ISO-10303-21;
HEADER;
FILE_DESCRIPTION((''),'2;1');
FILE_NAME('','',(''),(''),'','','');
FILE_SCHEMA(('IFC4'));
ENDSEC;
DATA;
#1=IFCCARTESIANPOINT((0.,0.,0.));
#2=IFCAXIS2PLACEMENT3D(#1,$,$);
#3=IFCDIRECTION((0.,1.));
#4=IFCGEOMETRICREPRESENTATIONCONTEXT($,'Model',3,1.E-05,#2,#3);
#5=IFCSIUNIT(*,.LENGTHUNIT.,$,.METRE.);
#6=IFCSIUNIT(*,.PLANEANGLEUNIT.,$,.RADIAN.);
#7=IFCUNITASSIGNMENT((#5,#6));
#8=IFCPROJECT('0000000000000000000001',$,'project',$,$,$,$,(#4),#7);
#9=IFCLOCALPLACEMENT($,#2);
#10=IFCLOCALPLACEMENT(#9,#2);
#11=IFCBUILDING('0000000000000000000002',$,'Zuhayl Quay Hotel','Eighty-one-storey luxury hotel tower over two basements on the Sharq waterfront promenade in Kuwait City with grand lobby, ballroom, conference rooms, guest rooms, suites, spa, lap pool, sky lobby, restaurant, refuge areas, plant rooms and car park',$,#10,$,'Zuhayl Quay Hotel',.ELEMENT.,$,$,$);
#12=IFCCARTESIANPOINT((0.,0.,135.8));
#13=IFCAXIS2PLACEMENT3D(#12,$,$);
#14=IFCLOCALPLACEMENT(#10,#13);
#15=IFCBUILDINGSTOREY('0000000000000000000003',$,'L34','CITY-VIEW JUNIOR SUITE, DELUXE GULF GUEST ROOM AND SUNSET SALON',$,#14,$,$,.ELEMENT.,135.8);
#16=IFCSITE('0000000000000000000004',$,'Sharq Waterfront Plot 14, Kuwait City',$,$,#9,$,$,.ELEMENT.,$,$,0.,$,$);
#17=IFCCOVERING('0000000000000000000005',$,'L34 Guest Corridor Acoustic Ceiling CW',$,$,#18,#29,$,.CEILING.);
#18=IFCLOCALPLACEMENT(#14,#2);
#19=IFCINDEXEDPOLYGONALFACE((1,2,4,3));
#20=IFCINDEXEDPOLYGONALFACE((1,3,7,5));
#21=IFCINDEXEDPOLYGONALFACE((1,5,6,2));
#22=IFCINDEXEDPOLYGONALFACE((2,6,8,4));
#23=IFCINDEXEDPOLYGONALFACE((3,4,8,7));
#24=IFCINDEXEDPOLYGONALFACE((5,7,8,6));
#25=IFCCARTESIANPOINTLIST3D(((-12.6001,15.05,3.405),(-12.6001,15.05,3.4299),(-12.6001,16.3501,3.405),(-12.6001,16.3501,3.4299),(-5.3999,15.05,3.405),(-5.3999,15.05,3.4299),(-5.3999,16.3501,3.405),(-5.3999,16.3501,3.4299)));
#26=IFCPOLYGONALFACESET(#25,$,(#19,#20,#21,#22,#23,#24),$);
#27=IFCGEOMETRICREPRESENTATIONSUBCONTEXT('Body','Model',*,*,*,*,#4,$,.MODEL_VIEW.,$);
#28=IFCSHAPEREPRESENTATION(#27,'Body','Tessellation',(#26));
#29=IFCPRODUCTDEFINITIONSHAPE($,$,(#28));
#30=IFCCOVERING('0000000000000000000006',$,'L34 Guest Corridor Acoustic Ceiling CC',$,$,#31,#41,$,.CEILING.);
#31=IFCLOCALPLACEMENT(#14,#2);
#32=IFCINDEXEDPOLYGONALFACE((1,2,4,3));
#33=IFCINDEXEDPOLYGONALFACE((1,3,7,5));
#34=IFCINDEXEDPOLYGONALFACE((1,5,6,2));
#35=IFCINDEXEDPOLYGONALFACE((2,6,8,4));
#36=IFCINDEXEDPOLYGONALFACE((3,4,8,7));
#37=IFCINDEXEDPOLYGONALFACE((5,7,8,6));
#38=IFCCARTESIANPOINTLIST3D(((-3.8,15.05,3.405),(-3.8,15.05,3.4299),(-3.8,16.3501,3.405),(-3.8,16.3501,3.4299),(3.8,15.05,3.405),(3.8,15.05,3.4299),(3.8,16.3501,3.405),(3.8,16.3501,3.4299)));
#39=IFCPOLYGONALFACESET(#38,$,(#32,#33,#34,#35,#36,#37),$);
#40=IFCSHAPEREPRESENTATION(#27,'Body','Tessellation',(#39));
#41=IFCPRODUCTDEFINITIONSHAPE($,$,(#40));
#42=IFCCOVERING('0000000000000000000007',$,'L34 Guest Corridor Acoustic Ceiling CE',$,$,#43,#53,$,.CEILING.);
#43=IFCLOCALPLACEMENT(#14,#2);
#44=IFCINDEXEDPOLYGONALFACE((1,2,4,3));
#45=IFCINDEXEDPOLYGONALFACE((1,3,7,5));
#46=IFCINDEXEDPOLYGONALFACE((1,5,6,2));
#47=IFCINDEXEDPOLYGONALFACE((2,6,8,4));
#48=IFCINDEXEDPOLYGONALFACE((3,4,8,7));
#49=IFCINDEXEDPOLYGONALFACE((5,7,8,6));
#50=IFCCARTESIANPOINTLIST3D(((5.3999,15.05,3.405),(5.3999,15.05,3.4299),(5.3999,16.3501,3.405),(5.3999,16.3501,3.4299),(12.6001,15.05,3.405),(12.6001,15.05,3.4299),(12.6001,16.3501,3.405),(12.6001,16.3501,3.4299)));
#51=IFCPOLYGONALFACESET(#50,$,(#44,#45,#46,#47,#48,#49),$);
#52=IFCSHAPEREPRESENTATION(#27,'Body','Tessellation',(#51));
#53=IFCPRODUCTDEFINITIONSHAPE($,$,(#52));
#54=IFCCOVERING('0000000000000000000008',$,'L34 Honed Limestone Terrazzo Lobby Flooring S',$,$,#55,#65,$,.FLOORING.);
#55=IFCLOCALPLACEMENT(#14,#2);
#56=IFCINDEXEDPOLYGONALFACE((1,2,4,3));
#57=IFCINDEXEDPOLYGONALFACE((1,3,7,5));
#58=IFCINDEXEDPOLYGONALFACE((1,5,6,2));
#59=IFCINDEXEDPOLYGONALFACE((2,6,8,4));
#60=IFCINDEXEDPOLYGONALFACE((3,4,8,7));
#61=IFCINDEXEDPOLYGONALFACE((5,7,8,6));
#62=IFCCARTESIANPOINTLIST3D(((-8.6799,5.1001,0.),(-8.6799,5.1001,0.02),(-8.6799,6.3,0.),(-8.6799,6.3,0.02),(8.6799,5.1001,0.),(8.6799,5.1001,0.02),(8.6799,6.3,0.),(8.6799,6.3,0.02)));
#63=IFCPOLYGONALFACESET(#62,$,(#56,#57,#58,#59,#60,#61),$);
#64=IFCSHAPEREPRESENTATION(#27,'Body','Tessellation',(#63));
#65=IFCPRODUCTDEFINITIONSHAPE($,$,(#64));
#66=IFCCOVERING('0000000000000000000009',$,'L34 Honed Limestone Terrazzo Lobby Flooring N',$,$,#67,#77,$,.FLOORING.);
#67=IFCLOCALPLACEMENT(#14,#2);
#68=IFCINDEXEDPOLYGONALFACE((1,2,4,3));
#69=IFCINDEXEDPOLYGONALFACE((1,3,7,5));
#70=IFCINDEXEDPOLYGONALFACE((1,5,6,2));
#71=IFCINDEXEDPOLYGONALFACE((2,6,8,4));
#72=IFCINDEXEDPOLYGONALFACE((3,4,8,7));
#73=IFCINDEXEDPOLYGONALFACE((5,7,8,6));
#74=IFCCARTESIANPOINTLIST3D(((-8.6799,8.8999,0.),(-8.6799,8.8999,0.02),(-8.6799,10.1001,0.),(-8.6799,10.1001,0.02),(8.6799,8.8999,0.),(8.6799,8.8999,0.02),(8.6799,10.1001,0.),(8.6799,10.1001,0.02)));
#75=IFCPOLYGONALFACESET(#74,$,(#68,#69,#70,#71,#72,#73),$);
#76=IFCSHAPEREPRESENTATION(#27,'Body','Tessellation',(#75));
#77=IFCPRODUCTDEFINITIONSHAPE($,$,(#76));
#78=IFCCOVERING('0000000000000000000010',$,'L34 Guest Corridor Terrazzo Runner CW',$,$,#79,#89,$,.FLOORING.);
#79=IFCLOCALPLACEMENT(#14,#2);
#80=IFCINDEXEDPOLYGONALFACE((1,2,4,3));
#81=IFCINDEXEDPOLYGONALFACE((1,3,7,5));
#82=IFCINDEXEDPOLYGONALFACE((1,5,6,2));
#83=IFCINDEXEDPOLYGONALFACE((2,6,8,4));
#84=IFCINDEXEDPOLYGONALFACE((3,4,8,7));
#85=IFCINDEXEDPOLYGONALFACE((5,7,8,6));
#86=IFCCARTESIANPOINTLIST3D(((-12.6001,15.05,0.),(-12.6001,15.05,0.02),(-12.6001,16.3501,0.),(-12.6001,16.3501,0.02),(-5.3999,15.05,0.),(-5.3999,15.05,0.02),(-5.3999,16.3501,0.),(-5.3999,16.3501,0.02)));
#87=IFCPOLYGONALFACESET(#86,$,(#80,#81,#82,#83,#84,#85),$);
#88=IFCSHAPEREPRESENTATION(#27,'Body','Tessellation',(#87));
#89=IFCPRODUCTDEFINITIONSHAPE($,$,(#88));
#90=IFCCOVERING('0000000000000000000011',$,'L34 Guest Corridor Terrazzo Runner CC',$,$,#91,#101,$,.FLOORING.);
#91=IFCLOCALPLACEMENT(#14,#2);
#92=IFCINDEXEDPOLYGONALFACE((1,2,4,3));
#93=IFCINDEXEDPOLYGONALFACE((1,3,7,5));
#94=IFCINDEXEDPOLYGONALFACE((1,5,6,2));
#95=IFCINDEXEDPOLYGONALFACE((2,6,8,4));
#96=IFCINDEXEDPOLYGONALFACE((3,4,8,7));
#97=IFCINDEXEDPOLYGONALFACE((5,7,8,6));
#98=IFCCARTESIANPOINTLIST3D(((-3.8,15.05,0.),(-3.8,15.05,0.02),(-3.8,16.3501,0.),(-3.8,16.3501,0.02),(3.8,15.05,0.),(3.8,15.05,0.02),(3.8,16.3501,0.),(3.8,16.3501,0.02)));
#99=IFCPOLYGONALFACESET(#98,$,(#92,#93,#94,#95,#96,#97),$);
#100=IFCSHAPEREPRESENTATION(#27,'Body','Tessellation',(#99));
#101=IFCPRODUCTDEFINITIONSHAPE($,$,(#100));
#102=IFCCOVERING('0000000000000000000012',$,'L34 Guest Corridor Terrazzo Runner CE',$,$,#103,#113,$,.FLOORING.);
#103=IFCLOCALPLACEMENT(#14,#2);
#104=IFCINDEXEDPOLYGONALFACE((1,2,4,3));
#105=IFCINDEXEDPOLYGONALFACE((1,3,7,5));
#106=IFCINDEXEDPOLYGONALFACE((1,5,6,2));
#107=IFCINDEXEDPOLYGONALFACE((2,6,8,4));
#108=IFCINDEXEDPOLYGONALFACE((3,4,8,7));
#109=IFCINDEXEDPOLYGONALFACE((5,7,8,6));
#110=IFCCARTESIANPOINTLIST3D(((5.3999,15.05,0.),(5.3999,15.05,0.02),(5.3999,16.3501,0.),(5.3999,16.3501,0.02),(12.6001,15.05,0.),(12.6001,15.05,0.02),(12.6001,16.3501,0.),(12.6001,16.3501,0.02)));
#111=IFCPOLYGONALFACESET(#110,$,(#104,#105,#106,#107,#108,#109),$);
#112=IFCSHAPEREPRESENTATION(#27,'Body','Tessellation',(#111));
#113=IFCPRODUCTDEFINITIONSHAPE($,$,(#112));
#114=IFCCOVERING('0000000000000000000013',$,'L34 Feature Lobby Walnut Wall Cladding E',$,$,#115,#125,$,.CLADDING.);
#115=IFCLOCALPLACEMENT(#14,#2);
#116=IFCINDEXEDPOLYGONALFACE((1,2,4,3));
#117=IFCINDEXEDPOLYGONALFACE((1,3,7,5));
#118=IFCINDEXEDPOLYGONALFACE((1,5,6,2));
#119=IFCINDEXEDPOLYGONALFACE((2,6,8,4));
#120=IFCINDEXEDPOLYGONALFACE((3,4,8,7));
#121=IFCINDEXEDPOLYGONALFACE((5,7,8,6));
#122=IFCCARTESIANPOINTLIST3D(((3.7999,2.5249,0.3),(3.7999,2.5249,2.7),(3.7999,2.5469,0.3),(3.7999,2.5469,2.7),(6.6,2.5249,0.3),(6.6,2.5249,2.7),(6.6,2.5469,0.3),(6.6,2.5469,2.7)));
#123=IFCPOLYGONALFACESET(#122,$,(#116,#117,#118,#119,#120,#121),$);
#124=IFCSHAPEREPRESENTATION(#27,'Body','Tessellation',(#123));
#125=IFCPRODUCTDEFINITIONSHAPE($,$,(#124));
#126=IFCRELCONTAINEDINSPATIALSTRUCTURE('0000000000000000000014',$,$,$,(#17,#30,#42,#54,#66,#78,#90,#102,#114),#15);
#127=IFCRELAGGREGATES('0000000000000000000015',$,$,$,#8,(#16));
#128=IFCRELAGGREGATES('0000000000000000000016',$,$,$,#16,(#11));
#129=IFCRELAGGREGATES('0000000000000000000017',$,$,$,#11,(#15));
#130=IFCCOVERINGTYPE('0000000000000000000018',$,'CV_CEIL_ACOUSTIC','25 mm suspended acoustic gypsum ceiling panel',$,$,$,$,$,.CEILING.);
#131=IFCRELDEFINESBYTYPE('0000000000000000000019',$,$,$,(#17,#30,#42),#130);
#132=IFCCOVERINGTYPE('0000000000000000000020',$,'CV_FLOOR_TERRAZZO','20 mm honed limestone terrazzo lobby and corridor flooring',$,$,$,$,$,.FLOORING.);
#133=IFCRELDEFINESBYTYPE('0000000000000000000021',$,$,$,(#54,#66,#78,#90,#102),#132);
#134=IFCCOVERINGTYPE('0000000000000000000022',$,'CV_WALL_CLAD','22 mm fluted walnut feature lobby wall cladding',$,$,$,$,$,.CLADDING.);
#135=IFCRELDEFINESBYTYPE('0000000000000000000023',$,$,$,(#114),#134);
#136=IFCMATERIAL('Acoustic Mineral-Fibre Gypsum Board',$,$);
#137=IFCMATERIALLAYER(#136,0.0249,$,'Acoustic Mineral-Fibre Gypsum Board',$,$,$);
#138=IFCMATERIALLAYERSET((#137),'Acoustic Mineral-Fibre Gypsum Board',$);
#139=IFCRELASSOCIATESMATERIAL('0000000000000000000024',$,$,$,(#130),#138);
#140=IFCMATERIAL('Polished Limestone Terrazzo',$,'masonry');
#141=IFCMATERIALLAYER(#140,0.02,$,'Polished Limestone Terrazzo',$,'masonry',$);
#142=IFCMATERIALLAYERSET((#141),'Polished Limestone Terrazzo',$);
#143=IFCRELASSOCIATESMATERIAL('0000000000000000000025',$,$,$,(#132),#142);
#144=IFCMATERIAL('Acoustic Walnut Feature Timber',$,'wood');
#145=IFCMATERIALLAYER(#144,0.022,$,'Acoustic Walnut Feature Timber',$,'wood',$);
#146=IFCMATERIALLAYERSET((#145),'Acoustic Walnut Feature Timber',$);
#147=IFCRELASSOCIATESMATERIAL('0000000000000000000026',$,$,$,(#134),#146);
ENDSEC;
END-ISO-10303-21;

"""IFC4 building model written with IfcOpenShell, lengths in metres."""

from ifc_helpers import new_model, si_unit, direction, frame, origin, origin_2d, place, context, subcontext, project, spatial, polyline, rectangle, outline, extrude, material, layer, layer_set, type_object, element, save


model = new_model("IFC4")

# Units and contexts
model_context = context("Model", 3, precision=1e-05, world=origin(), true_north=direction((0.0, 1.0)))
body_context = subcontext(model_context, "Body", "Model", "MODEL_VIEW")
ifc_project = project(units=[si_unit("LENGTHUNIT", "METRE"), si_unit("PLANEANGLEUNIT", "RADIAN")], contexts=[model_context])

# Site, building, storey
site_placement = place(None, origin())
site = spatial("IfcSite", under=ifc_project, at=site_placement, Name="Sharq Waterfront Plot 14, Kuwait City", CompositionType="ELEMENT", RefElevation=0.0)
building_placement = place(site_placement, origin())
building = spatial("IfcBuilding", under=site, at=building_placement, Name="Zuhayl Quay Hotel", Description="Eighty-one-storey luxury hotel tower over two basements on the Sharq waterfront promenade in Kuwait City with grand lobby, ballroom, conference rooms, guest rooms, suites, spa, lap pool, sky lobby, restaurant, refuge areas, plant rooms and car park", LongName="Zuhayl Quay Hotel", CompositionType="ELEMENT")
storey_placement = place(building_placement, frame((0.0, 0.0, 135.8)))
storey = spatial("IfcBuildingStorey", under=building, at=storey_placement, Name="L34", Description="CITY-VIEW JUNIOR SUITE, DELUXE GULF GUEST ROOM AND SUNSET SALON", CompositionType="ELEMENT", Elevation=135.8)

# Coverings
ifc_material_1 = material(Name="Acoustic Mineral-Fibre Gypsum Board")
ifc_layer_1 = layer(ifc_material_1, 0.0249, Name="Acoustic Mineral-Fibre Gypsum Board")
ifc_layer_set_1 = layer_set([ifc_layer_1], Name="Acoustic Mineral-Fibre Gypsum Board")
covering_type_1 = type_object("IfcCoveringType", Name="CV_CEIL_ACOUSTIC", Description="25 mm suspended acoustic gypsum ceiling panel", PredefinedType="CEILING", material=ifc_layer_set_1)
covering_1_placement = place(storey_placement, frame((0.0, 0.0, 3.405)))
element("IfcCovering", 1, at=covering_1_placement, inside=storey, type_object=covering_type_1, Name="L34 Guest Corridor Acoustic Ceiling CW", PredefinedType="CEILING", context=body_context, shape_type="SweptSolid", body=[
    extrude(outline(polyline([(-12.6001, 15.05), (-5.3999, 15.05), (-5.3999, 16.3501), (-12.6001, 16.3501), (-12.6001, 15.05)])), origin(), (0.0, 0.0, 1.0), 0.0249),
])
covering_2_placement = place(storey_placement, frame((0.0, 0.0, 3.405)))
element("IfcCovering", 2, at=covering_2_placement, inside=storey, type_object=covering_type_1, Name="L34 Guest Corridor Acoustic Ceiling CC", PredefinedType="CEILING", context=body_context, shape_type="SweptSolid", body=[
    extrude(outline(polyline([(-3.8, 15.05), (3.8, 15.05), (3.8, 16.3501), (-3.8, 16.3501), (-3.8, 15.05)])), origin(), (0.0, 0.0, 1.0), 0.0249),
])
covering_3_placement = place(storey_placement, frame((0.0, 0.0, 3.405)))
element("IfcCovering", 3, at=covering_3_placement, inside=storey, type_object=covering_type_1, Name="L34 Guest Corridor Acoustic Ceiling CE", PredefinedType="CEILING", context=body_context, shape_type="SweptSolid", body=[
    extrude(outline(polyline([(5.3999, 15.05), (12.6001, 15.05), (12.6001, 16.3501), (5.3999, 16.3501), (5.3999, 15.05)])), origin(), (0.0, 0.0, 1.0), 0.0249),
])
ifc_material_2 = material(Name="Polished Limestone Terrazzo", Category="masonry")
ifc_layer_2 = layer(ifc_material_2, 0.02, Name="Polished Limestone Terrazzo", Category="masonry")
ifc_layer_set_2 = layer_set([ifc_layer_2], Name="Polished Limestone Terrazzo")
covering_type_2 = type_object("IfcCoveringType", Name="CV_FLOOR_TERRAZZO", Description="20 mm honed limestone terrazzo lobby and corridor flooring", PredefinedType="FLOORING", material=ifc_layer_set_2)
covering_4_placement = place(storey_placement, origin())
element("IfcCovering", 4, at=covering_4_placement, inside=storey, type_object=covering_type_2, Name="L34 Honed Limestone Terrazzo Lobby Flooring S", PredefinedType="FLOORING", context=body_context, shape_type="SweptSolid", body=[
    extrude(outline(polyline([(-8.6799, 5.1001), (8.6799, 5.1001), (8.6799, 6.3), (-8.6799, 6.3), (-8.6799, 5.1001)])), origin(), (0.0, 0.0, 1.0), 0.02),
])
covering_5_placement = place(storey_placement, origin())
element("IfcCovering", 5, at=covering_5_placement, inside=storey, type_object=covering_type_2, Name="L34 Honed Limestone Terrazzo Lobby Flooring N", PredefinedType="FLOORING", context=body_context, shape_type="SweptSolid", body=[
    extrude(outline(polyline([(-8.6799, 8.8999), (8.6799, 8.8999), (8.6799, 10.1001), (-8.6799, 10.1001), (-8.6799, 8.8999)])), origin(), (0.0, 0.0, 1.0), 0.02),
])
covering_6_placement = place(storey_placement, origin())
element("IfcCovering", 6, at=covering_6_placement, inside=storey, type_object=covering_type_2, Name="L34 Guest Corridor Terrazzo Runner CW", PredefinedType="FLOORING", context=body_context, shape_type="SweptSolid", body=[
    extrude(outline(polyline([(-12.6001, 15.05), (-5.3999, 15.05), (-5.3999, 16.3501), (-12.6001, 16.3501), (-12.6001, 15.05)])), origin(), (0.0, 0.0, 1.0), 0.02),
])
covering_7_placement = place(storey_placement, origin())
element("IfcCovering", 7, at=covering_7_placement, inside=storey, type_object=covering_type_2, Name="L34 Guest Corridor Terrazzo Runner CC", PredefinedType="FLOORING", context=body_context, shape_type="SweptSolid", body=[
    extrude(outline(polyline([(-3.8, 15.05), (3.8, 15.05), (3.8, 16.3501), (-3.8, 16.3501), (-3.8, 15.05)])), origin(), (0.0, 0.0, 1.0), 0.02),
])
covering_8_placement = place(storey_placement, origin())
element("IfcCovering", 8, at=covering_8_placement, inside=storey, type_object=covering_type_2, Name="L34 Guest Corridor Terrazzo Runner CE", PredefinedType="FLOORING", context=body_context, shape_type="SweptSolid", body=[
    extrude(outline(polyline([(5.3999, 15.05), (12.6001, 15.05), (12.6001, 16.3501), (5.3999, 16.3501), (5.3999, 15.05)])), origin(), (0.0, 0.0, 1.0), 0.02),
])
ifc_material_3 = material(Name="Acoustic Walnut Feature Timber", Category="wood")
ifc_layer_3 = layer(ifc_material_3, 0.022, Name="Acoustic Walnut Feature Timber", Category="wood")
ifc_layer_set_3 = layer_set([ifc_layer_3], Name="Acoustic Walnut Feature Timber")
covering_type_3 = type_object("IfcCoveringType", Name="CV_WALL_CLAD", Description="22 mm fluted walnut feature lobby wall cladding", PredefinedType="CLADDING", material=ifc_layer_set_3)
covering_9_placement = place(storey_placement, frame((5.2, 2.5359, 0.3), z_axis=(0.0, 0.0, 1.0), x_axis=(1.0, 0.0, 0.0)))
element("IfcCovering", 9, at=covering_9_placement, inside=storey, type_object=covering_type_3, Name="L34 Feature Lobby Walnut Wall Cladding E", PredefinedType="CLADDING", context=body_context, shape_type="SweptSolid", body=[
    extrude(rectangle(XDim=2.8, YDim=0.022, at=origin_2d()), origin(), (0.0, 0.0, 1.0), 2.3999),
])

save(model, "model.ifc")
